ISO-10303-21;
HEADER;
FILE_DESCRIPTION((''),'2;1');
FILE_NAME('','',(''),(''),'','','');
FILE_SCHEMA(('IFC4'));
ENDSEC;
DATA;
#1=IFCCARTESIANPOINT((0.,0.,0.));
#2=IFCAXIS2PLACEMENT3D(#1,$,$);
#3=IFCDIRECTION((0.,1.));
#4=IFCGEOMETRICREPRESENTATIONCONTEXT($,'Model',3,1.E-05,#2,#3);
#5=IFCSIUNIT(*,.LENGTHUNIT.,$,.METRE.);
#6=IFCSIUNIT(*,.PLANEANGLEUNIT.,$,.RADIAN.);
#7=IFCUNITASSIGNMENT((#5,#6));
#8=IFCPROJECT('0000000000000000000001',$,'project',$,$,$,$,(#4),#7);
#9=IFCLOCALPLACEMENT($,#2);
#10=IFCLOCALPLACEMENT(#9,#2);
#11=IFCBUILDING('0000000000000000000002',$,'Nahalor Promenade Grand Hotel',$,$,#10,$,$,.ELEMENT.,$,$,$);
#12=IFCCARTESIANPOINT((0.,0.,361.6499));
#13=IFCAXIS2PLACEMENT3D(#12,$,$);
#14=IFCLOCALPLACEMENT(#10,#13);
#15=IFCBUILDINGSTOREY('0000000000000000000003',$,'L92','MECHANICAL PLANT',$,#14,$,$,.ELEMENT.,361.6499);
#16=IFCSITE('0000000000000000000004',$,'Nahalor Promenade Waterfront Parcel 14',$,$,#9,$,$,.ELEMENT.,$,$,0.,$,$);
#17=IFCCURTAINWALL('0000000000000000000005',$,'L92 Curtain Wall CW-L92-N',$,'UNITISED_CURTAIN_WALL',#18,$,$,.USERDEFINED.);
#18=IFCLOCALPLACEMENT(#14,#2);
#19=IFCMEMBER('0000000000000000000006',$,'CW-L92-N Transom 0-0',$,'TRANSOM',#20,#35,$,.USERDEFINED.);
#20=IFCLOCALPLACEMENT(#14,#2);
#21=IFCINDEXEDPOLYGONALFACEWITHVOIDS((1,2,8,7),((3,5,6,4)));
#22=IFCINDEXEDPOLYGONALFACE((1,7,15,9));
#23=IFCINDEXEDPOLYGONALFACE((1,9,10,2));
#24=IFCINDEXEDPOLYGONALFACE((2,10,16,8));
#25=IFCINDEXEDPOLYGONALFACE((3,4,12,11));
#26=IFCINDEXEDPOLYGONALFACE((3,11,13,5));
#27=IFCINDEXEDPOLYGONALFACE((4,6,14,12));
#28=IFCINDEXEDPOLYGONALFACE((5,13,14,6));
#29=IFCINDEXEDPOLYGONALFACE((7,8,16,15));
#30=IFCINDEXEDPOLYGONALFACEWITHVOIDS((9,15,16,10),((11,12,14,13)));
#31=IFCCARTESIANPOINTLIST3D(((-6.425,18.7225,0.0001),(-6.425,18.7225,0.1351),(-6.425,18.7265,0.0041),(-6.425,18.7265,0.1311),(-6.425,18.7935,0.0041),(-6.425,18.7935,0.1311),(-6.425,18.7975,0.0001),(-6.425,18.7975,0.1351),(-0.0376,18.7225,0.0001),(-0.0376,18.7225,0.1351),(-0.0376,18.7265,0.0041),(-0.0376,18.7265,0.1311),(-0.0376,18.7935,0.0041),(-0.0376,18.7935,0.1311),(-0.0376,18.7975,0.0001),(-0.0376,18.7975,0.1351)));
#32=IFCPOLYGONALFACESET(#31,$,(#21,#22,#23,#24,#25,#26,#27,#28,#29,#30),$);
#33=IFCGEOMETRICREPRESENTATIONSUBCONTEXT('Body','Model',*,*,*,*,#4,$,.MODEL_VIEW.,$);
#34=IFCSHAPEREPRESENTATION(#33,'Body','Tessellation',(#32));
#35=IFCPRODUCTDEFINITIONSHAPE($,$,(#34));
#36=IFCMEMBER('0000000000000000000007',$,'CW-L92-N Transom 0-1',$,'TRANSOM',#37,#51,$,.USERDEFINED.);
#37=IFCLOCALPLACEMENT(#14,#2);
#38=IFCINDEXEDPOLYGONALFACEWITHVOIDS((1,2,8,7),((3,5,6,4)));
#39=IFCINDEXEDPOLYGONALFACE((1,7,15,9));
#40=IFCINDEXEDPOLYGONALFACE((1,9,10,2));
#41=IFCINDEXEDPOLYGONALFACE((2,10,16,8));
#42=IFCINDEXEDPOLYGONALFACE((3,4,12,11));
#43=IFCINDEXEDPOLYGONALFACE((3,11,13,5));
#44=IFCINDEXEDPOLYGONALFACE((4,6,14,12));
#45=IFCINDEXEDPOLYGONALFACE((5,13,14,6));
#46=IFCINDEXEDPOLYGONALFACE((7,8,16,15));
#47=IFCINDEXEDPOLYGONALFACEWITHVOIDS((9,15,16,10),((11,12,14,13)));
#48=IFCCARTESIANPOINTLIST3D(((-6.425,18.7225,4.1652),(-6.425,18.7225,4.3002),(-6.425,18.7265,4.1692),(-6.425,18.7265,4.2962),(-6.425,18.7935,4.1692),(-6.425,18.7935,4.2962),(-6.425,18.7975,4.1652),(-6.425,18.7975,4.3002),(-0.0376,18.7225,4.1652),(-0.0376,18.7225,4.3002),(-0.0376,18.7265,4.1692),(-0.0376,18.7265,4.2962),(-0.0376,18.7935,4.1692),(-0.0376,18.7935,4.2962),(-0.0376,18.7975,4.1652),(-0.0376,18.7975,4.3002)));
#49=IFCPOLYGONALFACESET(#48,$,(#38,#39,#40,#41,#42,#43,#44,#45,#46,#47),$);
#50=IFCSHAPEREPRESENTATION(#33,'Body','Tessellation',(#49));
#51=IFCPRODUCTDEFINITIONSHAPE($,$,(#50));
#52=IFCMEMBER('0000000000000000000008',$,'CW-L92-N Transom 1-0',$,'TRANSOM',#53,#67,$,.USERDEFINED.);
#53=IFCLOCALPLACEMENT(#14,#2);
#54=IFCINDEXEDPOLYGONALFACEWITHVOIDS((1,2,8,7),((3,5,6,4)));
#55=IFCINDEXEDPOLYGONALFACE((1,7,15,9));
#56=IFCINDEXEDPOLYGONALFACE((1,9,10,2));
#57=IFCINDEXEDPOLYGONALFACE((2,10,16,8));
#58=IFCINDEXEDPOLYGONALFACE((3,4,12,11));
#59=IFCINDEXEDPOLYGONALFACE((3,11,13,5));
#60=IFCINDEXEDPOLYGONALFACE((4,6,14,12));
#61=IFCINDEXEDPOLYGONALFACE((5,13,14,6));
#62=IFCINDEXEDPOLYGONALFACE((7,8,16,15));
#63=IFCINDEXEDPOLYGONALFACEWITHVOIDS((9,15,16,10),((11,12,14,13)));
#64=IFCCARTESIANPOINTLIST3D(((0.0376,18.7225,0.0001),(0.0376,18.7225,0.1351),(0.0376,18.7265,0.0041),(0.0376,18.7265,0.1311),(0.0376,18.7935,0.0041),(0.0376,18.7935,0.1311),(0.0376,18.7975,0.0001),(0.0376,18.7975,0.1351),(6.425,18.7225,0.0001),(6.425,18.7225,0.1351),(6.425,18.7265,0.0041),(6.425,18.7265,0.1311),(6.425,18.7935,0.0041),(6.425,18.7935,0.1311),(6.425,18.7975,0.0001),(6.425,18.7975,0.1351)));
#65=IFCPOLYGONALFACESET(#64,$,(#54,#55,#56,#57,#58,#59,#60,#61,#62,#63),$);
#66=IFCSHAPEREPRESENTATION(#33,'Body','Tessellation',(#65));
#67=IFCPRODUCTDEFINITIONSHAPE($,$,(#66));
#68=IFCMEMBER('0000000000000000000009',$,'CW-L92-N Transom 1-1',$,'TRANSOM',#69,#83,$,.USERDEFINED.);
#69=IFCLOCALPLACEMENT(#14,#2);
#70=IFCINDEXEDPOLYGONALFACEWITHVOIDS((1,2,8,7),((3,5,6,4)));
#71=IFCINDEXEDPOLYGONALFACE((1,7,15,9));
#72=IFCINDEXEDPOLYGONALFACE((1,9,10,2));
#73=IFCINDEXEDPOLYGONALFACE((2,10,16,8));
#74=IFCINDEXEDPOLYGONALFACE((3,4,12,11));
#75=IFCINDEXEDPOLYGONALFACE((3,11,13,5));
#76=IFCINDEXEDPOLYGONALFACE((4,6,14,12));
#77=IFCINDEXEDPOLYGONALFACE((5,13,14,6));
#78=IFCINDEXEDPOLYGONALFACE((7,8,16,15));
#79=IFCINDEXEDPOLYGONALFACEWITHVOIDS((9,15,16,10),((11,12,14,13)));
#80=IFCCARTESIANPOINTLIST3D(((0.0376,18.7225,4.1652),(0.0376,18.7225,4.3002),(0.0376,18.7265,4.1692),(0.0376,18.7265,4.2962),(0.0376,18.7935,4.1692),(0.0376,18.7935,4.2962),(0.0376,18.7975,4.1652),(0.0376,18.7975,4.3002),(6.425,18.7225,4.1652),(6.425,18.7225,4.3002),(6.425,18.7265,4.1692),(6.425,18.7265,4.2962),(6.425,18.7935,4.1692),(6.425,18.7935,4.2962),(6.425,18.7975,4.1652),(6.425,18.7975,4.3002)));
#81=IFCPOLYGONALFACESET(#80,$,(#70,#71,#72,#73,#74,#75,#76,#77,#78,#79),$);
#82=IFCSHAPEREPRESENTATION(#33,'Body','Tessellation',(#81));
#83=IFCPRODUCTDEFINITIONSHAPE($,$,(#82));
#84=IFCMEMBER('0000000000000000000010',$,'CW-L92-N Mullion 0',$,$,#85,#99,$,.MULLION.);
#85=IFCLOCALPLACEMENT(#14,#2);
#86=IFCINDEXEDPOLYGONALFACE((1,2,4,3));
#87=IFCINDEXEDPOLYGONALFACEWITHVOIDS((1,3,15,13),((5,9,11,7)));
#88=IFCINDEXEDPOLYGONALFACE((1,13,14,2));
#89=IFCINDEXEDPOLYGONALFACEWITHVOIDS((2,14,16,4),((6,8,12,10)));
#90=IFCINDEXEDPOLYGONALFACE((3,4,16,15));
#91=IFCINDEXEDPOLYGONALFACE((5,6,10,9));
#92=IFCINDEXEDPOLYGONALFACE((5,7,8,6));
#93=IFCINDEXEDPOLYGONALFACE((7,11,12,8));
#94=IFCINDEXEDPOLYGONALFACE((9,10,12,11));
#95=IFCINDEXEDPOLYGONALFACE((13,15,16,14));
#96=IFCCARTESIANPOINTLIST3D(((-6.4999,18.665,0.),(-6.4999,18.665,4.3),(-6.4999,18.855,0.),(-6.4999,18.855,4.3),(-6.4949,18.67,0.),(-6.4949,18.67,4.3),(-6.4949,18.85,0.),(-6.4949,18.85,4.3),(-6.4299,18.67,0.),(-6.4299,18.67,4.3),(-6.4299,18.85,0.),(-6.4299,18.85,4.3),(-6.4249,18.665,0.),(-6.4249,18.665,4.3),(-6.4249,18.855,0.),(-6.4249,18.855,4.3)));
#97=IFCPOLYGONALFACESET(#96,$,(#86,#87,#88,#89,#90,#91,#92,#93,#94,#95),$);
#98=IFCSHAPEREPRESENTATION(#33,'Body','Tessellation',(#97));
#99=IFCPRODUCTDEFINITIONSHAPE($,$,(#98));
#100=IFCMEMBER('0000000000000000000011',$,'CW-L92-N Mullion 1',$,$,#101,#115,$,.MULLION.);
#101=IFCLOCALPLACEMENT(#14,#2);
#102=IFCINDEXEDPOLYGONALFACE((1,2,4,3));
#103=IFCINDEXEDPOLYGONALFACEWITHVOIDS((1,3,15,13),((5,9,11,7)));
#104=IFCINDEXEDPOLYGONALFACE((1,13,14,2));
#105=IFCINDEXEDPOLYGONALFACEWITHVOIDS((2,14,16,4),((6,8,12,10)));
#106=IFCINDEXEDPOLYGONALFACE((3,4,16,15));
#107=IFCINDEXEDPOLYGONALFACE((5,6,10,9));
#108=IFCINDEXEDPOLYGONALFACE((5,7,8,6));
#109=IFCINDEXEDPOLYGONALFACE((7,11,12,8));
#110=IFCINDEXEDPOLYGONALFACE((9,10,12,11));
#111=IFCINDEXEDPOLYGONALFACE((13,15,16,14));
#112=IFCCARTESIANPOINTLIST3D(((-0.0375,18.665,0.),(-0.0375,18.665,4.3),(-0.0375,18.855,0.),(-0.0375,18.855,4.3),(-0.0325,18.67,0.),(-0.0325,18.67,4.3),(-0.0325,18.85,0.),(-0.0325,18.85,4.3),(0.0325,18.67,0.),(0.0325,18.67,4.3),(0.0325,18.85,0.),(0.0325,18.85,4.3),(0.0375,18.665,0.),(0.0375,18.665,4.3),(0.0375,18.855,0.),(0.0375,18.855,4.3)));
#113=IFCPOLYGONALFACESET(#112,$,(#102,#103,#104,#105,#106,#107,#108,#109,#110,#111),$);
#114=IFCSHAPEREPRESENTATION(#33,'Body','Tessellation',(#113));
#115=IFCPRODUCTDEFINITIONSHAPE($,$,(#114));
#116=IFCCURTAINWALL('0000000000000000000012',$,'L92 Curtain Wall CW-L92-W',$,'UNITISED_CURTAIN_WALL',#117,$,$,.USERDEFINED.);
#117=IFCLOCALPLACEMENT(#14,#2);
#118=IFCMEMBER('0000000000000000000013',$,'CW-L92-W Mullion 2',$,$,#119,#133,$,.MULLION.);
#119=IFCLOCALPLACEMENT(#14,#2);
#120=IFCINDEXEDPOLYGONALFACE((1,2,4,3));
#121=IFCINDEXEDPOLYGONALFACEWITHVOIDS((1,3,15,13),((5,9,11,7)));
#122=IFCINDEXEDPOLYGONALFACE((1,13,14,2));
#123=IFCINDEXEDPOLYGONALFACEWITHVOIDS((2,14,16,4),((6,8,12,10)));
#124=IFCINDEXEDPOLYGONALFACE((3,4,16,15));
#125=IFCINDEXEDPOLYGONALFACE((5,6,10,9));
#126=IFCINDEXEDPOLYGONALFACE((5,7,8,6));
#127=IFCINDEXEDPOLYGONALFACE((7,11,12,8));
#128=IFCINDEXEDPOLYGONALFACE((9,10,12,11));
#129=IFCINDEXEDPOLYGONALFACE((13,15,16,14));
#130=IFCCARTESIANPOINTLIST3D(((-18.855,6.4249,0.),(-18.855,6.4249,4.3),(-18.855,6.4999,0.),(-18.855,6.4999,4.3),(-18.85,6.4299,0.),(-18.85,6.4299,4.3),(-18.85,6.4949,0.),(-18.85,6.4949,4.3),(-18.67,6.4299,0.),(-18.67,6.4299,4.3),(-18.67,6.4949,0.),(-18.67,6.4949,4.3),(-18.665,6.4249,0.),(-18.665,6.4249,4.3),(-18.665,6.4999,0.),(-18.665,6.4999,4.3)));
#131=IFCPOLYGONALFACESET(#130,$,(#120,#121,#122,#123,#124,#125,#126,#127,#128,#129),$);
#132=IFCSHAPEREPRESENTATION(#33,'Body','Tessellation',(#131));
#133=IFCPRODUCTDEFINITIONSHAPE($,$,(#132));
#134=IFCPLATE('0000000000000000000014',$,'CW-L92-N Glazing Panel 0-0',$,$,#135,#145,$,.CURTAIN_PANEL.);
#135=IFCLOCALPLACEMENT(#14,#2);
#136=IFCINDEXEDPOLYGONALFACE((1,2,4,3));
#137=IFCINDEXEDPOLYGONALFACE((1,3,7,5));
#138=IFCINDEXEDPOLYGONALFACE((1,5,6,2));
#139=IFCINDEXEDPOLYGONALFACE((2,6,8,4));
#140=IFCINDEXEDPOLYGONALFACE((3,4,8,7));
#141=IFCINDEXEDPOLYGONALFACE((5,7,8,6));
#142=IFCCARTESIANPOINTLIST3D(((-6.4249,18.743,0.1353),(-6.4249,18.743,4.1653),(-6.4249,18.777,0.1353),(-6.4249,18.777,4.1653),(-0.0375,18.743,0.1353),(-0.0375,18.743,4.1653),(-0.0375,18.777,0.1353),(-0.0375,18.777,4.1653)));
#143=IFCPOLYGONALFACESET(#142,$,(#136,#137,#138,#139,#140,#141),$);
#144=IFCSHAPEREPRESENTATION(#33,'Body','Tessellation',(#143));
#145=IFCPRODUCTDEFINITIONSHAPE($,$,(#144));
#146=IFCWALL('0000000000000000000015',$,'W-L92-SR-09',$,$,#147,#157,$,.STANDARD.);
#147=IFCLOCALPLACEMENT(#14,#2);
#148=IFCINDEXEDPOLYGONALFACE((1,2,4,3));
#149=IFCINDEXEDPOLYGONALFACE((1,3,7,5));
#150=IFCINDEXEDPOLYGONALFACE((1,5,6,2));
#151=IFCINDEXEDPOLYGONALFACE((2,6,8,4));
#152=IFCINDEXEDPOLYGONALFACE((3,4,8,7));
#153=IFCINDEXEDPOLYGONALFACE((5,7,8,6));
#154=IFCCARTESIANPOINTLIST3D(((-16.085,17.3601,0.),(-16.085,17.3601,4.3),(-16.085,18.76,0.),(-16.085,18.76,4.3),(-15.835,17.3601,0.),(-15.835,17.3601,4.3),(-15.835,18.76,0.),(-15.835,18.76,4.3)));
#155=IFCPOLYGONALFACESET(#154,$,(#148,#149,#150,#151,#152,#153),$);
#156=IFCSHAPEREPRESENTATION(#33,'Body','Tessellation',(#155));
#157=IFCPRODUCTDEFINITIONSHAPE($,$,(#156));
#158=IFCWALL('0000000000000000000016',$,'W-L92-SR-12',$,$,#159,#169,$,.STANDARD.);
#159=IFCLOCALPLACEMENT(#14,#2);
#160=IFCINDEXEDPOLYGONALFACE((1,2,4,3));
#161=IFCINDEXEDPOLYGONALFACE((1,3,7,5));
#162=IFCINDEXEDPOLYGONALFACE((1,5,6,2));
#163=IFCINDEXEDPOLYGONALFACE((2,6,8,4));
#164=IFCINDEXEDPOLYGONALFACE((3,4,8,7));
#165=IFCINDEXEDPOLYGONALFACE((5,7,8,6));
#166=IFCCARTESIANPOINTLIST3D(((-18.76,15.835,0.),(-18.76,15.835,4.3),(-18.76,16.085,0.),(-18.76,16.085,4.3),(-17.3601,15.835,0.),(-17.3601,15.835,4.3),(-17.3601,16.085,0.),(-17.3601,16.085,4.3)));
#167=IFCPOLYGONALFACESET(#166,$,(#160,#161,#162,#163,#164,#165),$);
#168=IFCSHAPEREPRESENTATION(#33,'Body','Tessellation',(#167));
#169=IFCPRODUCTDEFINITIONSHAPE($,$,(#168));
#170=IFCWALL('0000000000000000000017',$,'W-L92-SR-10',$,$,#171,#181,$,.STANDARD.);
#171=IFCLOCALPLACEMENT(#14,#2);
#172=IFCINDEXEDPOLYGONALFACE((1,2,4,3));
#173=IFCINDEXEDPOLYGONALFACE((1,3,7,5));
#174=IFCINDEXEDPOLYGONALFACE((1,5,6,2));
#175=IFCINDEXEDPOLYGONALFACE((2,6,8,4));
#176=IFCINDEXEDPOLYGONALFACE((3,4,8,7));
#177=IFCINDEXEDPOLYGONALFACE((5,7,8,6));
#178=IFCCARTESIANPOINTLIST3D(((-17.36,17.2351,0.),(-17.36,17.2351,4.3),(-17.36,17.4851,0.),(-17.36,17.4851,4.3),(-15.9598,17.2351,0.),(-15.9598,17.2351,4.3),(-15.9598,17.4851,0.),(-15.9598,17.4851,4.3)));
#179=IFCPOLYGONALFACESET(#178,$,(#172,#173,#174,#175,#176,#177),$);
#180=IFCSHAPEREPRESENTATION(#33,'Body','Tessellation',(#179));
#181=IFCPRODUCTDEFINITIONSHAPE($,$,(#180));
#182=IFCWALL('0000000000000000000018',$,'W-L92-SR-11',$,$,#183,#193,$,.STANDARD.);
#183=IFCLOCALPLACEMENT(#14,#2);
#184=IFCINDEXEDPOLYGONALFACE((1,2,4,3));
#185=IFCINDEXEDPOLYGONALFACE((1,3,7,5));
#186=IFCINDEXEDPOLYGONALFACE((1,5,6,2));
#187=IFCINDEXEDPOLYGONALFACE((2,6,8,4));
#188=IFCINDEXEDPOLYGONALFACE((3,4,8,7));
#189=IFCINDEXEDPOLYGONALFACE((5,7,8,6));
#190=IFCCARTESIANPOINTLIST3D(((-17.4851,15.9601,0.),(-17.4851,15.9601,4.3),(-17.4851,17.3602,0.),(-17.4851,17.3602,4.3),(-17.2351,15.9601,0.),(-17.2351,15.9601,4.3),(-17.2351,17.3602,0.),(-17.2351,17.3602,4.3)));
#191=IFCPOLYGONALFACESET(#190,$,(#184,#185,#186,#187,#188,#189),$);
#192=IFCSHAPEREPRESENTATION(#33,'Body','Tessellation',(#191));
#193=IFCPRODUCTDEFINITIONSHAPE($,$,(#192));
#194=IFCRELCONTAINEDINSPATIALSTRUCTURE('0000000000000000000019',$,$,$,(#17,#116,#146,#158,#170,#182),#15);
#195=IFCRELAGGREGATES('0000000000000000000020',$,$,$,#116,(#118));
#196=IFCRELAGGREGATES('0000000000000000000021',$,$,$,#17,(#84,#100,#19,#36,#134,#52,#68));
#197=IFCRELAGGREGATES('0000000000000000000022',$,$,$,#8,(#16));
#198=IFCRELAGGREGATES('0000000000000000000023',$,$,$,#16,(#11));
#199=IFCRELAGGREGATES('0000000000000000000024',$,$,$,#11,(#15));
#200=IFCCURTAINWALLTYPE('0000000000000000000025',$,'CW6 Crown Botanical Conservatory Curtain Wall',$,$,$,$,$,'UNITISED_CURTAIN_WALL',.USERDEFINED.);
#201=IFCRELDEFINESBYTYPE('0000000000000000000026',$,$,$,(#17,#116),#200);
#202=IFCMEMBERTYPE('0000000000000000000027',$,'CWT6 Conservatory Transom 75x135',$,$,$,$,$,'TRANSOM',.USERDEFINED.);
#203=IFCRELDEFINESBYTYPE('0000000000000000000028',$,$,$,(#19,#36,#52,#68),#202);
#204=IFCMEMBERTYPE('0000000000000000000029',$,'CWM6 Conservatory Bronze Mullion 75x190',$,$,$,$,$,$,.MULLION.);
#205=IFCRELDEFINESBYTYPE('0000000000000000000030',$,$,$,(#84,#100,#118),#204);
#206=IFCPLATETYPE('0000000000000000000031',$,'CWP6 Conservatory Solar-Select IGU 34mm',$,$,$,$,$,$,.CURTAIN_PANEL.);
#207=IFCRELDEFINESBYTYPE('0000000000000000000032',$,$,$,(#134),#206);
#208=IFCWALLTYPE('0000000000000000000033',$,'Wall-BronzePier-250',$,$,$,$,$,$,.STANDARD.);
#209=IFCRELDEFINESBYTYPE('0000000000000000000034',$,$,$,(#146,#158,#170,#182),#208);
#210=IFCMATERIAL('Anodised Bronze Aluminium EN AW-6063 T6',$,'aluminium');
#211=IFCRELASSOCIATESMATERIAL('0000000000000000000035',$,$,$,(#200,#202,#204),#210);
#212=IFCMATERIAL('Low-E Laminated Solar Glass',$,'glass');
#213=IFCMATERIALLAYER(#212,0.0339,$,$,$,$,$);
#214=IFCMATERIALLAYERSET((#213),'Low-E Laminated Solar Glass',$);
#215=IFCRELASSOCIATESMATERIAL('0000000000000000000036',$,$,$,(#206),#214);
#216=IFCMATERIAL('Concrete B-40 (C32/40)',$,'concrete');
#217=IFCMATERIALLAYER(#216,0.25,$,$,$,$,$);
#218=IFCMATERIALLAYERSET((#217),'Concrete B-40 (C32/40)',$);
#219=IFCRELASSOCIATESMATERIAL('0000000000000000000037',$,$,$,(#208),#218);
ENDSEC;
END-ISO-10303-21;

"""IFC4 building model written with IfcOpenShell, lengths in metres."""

from ifc_helpers import new_model, si_unit, direction, frame, frame_2d, origin, origin_2d, place, context, subcontext, project, spatial, rectangle, hollow_rectangle, extrude, source, transform, mapped, material, layer, layer_set, material_profile, profile_set, type_object, element, aggregate, save


model = new_model("IFC4")

# Units and contexts
model_context = context("Model", 3, precision=1e-05, world=origin(), true_north=direction((0.0, 1.0)))
body_context = subcontext(model_context, "Body", "Model", "MODEL_VIEW")
ifc_project = project(units=[si_unit("LENGTHUNIT", "METRE"), si_unit("PLANEANGLEUNIT", "RADIAN")], contexts=[model_context])

# Site, building, storey
site_placement = place(None, origin())
site = spatial("IfcSite", under=ifc_project, at=site_placement, Name="Nahalor Promenade Waterfront Parcel 14", CompositionType="ELEMENT", RefElevation=0.0)
building_placement = place(site_placement, origin())
building = spatial("IfcBuilding", under=site, at=building_placement, Name="Nahalor Promenade Grand Hotel", CompositionType="ELEMENT")
storey_placement = place(building_placement, frame((0.0, 0.0, 361.6499)))
storey = spatial("IfcBuildingStorey", under=building, at=storey_placement, Name="L92", Description="MECHANICAL PLANT", CompositionType="ELEMENT", Elevation=361.6499)

# Curtain wall, members
ifc_material_1 = material(Name="Anodised Bronze Aluminium EN AW-6063 T6", Category="aluminium")
curtain_wall_type = type_object("IfcCurtainWallType", Name="CW6 Crown Botanical Conservatory Curtain Wall", ElementType="UNITISED_CURTAIN_WALL", PredefinedType="USERDEFINED", material=ifc_material_1)
curtain_wall_1_placement = place(storey_placement, origin())
curtain_wall_1 = element("IfcCurtainWall", 1, at=curtain_wall_1_placement, inside=storey, type_object=curtain_wall_type, Name="L92 Curtain Wall CW-L92-N", ObjectType="UNITISED_CURTAIN_WALL", PredefinedType="USERDEFINED")
ifc_material_profile_1 = material_profile(ifc_material_1, hollow_rectangle(XDim=0.075, YDim=0.135, WallThickness=0.004, at=origin_2d()), Name="CWT 75x135x4")
ifc_profile_set_1 = profile_set([ifc_material_profile_1], Name="Anodised Bronze Aluminium EN AW-6063 T6")
member_type_1 = type_object("IfcMemberType", Name="CWT6 Conservatory Transom 75x135", ElementType="TRANSOM", PredefinedType="USERDEFINED", material=ifc_profile_set_1)
shared_shape_1 = source(origin(), body_context, "Body", "SweptSolid", [
    extrude(hollow_rectangle(XDim=0.075, YDim=0.135, WallThickness=0.004, at=origin_2d()), origin(), (0.0, 0.0, 1.0), 6.3875),
])
member_1_placement = place(storey_placement, frame((-6.425, 18.76, 0.0676), z_axis=(1.0, 0.0, 0.0), x_axis=(0.0, 1.0, 0.0)))
member_1 = element("IfcMember", 2, at=member_1_placement, type_object=member_type_1, Name="CW-L92-N Transom 0-0", ObjectType="TRANSOM", PredefinedType="USERDEFINED", context=body_context, shape_type="MappedRepresentation", body=[
    mapped(shared_shape_1, transform((0.0, 0.0, 0.0), scale=1.0)),
])
member_2_placement = place(storey_placement, frame((-6.425, 18.76, 4.2327), z_axis=(1.0, 0.0, 0.0), x_axis=(0.0, 1.0, 0.0)))
member_2 = element("IfcMember", 3, at=member_2_placement, type_object=member_type_1, Name="CW-L92-N Transom 0-1", ObjectType="TRANSOM", PredefinedType="USERDEFINED", context=body_context, shape_type="MappedRepresentation", body=[
    mapped(shared_shape_1, transform((0.0, 0.0, 0.0), scale=1.0)),
])
member_3_placement = place(storey_placement, frame((0.0376, 18.76, 0.0676), z_axis=(1.0, 0.0, 0.0), x_axis=(0.0, 1.0, 0.0)))
member_3 = element("IfcMember", 4, at=member_3_placement, type_object=member_type_1, Name="CW-L92-N Transom 1-0", ObjectType="TRANSOM", PredefinedType="USERDEFINED", context=body_context, shape_type="MappedRepresentation", body=[
    mapped(shared_shape_1, transform((0.0, 0.0, 0.0), scale=1.0)),
])
member_4_placement = place(storey_placement, frame((0.0376, 18.76, 4.2327), z_axis=(1.0, 0.0, 0.0), x_axis=(0.0, 1.0, 0.0)))
member_4 = element("IfcMember", 5, at=member_4_placement, type_object=member_type_1, Name="CW-L92-N Transom 1-1", ObjectType="TRANSOM", PredefinedType="USERDEFINED", context=body_context, shape_type="MappedRepresentation", body=[
    mapped(shared_shape_1, transform((0.0, 0.0, 0.0), scale=1.0)),
])
ifc_material_profile_2 = material_profile(ifc_material_1, hollow_rectangle(XDim=0.075, YDim=0.19, WallThickness=0.005, at=origin_2d()), Name="CWM 75x190x5")
ifc_profile_set_2 = profile_set([ifc_material_profile_2], Name="Anodised Bronze Aluminium EN AW-6063 T6")
member_type_2 = type_object("IfcMemberType", Name="CWM6 Conservatory Bronze Mullion 75x190", PredefinedType="MULLION", material=ifc_profile_set_2)
shared_shape_2 = source(origin(), body_context, "Body", "SweptSolid", [
    extrude(hollow_rectangle(XDim=0.075, YDim=0.19, WallThickness=0.005, at=origin_2d()), origin(), (0.0, 0.0, 1.0), 4.3),
])
member_5_placement = place(storey_placement, frame((-6.4624, 18.76, 0.0), z_axis=(0.0, 0.0, 1.0), x_axis=(1.0, 0.0, 0.0)))
member_5 = element("IfcMember", 6, at=member_5_placement, type_object=member_type_2, Name="CW-L92-N Mullion 0", PredefinedType="MULLION", context=body_context, shape_type="MappedRepresentation", body=[
    mapped(shared_shape_2, transform((0.0, 0.0, 0.0), scale=1.0)),
])
member_6_placement = place(storey_placement, frame((0.0, 18.76, 0.0), z_axis=(0.0, 0.0, 1.0), x_axis=(1.0, 0.0, 0.0)))
member_6 = element("IfcMember", 7, at=member_6_placement, type_object=member_type_2, Name="CW-L92-N Mullion 1", PredefinedType="MULLION", context=body_context, shape_type="MappedRepresentation", body=[
    mapped(shared_shape_2, transform((0.0, 0.0, 0.0), scale=1.0)),
])

# Curtain wall, member
curtain_wall_2_placement = place(storey_placement, origin())
curtain_wall_2 = element("IfcCurtainWall", 8, at=curtain_wall_2_placement, inside=storey, type_object=curtain_wall_type, Name="L92 Curtain Wall CW-L92-W", ObjectType="UNITISED_CURTAIN_WALL", PredefinedType="USERDEFINED")
member_7_placement = place(storey_placement, frame((-18.76, 6.4624, 0.0), z_axis=(0.0, 0.0, 1.0), x_axis=(0.0, 1.0, 0.0)))
member_7 = element("IfcMember", 9, at=member_7_placement, type_object=member_type_2, Name="CW-L92-W Mullion 2", PredefinedType="MULLION", context=body_context, shape_type="MappedRepresentation", body=[
    mapped(shared_shape_2, transform((0.0, 0.0, 0.0), scale=1.0)),
])
aggregate(curtain_wall_2, [member_7])

# Plate
ifc_material_2 = material(Name="Low-E Laminated Solar Glass", Category="glass")
ifc_layer_1 = layer(ifc_material_2, 0.0339)
ifc_layer_set_1 = layer_set([ifc_layer_1], Name="Low-E Laminated Solar Glass")
plate_type = type_object("IfcPlateType", Name="CWP6 Conservatory Solar-Select IGU 34mm", PredefinedType="CURTAIN_PANEL", material=ifc_layer_set_1)
shared_shape_3 = source(origin(), body_context, "Body", "SweptSolid", [
    extrude(rectangle(XDim=6.3875, YDim=0.0339, at=origin_2d()), origin(), (0.0, 0.0, 1.0), 4.03),
])
plate_placement = place(storey_placement, frame((-3.2312, 18.76, 0.1353), z_axis=(0.0, 0.0, 1.0), x_axis=(1.0, 0.0, 0.0)))
plate = element("IfcPlate", 10, at=plate_placement, type_object=plate_type, Name="CW-L92-N Glazing Panel 0-0", PredefinedType="CURTAIN_PANEL", context=body_context, shape_type="MappedRepresentation", body=[
    mapped(shared_shape_3, transform((0.0, 0.0, 0.0), scale=1.0)),
])
aggregate(curtain_wall_1, [member_5, member_6, member_1, member_2, plate, member_3, member_4])

# Walls
ifc_material_3 = material(Name="Concrete B-40 (C32/40)", Category="concrete")
ifc_layer_2 = layer(ifc_material_3, 0.25)
ifc_layer_set_2 = layer_set([ifc_layer_2], Name="Concrete B-40 (C32/40)")
wall_type_1 = type_object("IfcWallType", Name="Wall-BronzePier-250", PredefinedType="STANDARD", material=ifc_layer_set_2)
shared_shape_4 = source(origin(), body_context, "Body", "SweptSolid", [
    extrude(rectangle(XDim=1.3999, YDim=0.25, at=frame_2d((0.7, 0.0))), origin(), (0.0, 0.0, 1.0), 4.3),
])
for number, where, z_axis, x_axis, name in (
    (11, (-15.96, 17.3601, 0.0), (0.0, 0.0, 1.0), (0.0, 1.0, 0.0), "W-L92-SR-09"),
    (12, (-18.76, 15.96, 0.0), (0.0, 0.0, 1.0), (1.0, 0.0, 0.0), "W-L92-SR-12"),
):
    element("IfcWall", number, at=place(storey_placement, frame(where, z_axis=z_axis, x_axis=x_axis)), inside=storey, type_object=wall_type_1, Name=name, PredefinedType="STANDARD", context=body_context, shape_type="MappedRepresentation", body=[
        mapped(shared_shape_4, transform((0.0, 0.0, 0.0), scale=1.0)),
    ])
shared_shape_5 = source(origin(), body_context, "Body", "SweptSolid", [
    extrude(rectangle(XDim=1.4001, YDim=0.25, at=frame_2d((0.7002, 0.0))), origin(), (0.0, 0.0, 1.0), 4.3),
])
for number, where, z_axis, x_axis, name in (
    (13, (-17.3601, 17.3601, 0.0), (0.0, 0.0, 1.0), (1.0, 0.0, 0.0), "W-L92-SR-10"),
    (14, (-17.3601, 15.96, 0.0), (0.0, 0.0, 1.0), (0.0, 1.0, 0.0), "W-L92-SR-11"),
):
    element("IfcWall", number, at=place(storey_placement, frame(where, z_axis=z_axis, x_axis=x_axis)), inside=storey, type_object=wall_type_1, Name=name, PredefinedType="STANDARD", context=body_context, shape_type="MappedRepresentation", body=[
        mapped(shared_shape_5, transform((0.0, 0.0, 0.0), scale=1.0)),
    ])

save(model, "model.ifc")
